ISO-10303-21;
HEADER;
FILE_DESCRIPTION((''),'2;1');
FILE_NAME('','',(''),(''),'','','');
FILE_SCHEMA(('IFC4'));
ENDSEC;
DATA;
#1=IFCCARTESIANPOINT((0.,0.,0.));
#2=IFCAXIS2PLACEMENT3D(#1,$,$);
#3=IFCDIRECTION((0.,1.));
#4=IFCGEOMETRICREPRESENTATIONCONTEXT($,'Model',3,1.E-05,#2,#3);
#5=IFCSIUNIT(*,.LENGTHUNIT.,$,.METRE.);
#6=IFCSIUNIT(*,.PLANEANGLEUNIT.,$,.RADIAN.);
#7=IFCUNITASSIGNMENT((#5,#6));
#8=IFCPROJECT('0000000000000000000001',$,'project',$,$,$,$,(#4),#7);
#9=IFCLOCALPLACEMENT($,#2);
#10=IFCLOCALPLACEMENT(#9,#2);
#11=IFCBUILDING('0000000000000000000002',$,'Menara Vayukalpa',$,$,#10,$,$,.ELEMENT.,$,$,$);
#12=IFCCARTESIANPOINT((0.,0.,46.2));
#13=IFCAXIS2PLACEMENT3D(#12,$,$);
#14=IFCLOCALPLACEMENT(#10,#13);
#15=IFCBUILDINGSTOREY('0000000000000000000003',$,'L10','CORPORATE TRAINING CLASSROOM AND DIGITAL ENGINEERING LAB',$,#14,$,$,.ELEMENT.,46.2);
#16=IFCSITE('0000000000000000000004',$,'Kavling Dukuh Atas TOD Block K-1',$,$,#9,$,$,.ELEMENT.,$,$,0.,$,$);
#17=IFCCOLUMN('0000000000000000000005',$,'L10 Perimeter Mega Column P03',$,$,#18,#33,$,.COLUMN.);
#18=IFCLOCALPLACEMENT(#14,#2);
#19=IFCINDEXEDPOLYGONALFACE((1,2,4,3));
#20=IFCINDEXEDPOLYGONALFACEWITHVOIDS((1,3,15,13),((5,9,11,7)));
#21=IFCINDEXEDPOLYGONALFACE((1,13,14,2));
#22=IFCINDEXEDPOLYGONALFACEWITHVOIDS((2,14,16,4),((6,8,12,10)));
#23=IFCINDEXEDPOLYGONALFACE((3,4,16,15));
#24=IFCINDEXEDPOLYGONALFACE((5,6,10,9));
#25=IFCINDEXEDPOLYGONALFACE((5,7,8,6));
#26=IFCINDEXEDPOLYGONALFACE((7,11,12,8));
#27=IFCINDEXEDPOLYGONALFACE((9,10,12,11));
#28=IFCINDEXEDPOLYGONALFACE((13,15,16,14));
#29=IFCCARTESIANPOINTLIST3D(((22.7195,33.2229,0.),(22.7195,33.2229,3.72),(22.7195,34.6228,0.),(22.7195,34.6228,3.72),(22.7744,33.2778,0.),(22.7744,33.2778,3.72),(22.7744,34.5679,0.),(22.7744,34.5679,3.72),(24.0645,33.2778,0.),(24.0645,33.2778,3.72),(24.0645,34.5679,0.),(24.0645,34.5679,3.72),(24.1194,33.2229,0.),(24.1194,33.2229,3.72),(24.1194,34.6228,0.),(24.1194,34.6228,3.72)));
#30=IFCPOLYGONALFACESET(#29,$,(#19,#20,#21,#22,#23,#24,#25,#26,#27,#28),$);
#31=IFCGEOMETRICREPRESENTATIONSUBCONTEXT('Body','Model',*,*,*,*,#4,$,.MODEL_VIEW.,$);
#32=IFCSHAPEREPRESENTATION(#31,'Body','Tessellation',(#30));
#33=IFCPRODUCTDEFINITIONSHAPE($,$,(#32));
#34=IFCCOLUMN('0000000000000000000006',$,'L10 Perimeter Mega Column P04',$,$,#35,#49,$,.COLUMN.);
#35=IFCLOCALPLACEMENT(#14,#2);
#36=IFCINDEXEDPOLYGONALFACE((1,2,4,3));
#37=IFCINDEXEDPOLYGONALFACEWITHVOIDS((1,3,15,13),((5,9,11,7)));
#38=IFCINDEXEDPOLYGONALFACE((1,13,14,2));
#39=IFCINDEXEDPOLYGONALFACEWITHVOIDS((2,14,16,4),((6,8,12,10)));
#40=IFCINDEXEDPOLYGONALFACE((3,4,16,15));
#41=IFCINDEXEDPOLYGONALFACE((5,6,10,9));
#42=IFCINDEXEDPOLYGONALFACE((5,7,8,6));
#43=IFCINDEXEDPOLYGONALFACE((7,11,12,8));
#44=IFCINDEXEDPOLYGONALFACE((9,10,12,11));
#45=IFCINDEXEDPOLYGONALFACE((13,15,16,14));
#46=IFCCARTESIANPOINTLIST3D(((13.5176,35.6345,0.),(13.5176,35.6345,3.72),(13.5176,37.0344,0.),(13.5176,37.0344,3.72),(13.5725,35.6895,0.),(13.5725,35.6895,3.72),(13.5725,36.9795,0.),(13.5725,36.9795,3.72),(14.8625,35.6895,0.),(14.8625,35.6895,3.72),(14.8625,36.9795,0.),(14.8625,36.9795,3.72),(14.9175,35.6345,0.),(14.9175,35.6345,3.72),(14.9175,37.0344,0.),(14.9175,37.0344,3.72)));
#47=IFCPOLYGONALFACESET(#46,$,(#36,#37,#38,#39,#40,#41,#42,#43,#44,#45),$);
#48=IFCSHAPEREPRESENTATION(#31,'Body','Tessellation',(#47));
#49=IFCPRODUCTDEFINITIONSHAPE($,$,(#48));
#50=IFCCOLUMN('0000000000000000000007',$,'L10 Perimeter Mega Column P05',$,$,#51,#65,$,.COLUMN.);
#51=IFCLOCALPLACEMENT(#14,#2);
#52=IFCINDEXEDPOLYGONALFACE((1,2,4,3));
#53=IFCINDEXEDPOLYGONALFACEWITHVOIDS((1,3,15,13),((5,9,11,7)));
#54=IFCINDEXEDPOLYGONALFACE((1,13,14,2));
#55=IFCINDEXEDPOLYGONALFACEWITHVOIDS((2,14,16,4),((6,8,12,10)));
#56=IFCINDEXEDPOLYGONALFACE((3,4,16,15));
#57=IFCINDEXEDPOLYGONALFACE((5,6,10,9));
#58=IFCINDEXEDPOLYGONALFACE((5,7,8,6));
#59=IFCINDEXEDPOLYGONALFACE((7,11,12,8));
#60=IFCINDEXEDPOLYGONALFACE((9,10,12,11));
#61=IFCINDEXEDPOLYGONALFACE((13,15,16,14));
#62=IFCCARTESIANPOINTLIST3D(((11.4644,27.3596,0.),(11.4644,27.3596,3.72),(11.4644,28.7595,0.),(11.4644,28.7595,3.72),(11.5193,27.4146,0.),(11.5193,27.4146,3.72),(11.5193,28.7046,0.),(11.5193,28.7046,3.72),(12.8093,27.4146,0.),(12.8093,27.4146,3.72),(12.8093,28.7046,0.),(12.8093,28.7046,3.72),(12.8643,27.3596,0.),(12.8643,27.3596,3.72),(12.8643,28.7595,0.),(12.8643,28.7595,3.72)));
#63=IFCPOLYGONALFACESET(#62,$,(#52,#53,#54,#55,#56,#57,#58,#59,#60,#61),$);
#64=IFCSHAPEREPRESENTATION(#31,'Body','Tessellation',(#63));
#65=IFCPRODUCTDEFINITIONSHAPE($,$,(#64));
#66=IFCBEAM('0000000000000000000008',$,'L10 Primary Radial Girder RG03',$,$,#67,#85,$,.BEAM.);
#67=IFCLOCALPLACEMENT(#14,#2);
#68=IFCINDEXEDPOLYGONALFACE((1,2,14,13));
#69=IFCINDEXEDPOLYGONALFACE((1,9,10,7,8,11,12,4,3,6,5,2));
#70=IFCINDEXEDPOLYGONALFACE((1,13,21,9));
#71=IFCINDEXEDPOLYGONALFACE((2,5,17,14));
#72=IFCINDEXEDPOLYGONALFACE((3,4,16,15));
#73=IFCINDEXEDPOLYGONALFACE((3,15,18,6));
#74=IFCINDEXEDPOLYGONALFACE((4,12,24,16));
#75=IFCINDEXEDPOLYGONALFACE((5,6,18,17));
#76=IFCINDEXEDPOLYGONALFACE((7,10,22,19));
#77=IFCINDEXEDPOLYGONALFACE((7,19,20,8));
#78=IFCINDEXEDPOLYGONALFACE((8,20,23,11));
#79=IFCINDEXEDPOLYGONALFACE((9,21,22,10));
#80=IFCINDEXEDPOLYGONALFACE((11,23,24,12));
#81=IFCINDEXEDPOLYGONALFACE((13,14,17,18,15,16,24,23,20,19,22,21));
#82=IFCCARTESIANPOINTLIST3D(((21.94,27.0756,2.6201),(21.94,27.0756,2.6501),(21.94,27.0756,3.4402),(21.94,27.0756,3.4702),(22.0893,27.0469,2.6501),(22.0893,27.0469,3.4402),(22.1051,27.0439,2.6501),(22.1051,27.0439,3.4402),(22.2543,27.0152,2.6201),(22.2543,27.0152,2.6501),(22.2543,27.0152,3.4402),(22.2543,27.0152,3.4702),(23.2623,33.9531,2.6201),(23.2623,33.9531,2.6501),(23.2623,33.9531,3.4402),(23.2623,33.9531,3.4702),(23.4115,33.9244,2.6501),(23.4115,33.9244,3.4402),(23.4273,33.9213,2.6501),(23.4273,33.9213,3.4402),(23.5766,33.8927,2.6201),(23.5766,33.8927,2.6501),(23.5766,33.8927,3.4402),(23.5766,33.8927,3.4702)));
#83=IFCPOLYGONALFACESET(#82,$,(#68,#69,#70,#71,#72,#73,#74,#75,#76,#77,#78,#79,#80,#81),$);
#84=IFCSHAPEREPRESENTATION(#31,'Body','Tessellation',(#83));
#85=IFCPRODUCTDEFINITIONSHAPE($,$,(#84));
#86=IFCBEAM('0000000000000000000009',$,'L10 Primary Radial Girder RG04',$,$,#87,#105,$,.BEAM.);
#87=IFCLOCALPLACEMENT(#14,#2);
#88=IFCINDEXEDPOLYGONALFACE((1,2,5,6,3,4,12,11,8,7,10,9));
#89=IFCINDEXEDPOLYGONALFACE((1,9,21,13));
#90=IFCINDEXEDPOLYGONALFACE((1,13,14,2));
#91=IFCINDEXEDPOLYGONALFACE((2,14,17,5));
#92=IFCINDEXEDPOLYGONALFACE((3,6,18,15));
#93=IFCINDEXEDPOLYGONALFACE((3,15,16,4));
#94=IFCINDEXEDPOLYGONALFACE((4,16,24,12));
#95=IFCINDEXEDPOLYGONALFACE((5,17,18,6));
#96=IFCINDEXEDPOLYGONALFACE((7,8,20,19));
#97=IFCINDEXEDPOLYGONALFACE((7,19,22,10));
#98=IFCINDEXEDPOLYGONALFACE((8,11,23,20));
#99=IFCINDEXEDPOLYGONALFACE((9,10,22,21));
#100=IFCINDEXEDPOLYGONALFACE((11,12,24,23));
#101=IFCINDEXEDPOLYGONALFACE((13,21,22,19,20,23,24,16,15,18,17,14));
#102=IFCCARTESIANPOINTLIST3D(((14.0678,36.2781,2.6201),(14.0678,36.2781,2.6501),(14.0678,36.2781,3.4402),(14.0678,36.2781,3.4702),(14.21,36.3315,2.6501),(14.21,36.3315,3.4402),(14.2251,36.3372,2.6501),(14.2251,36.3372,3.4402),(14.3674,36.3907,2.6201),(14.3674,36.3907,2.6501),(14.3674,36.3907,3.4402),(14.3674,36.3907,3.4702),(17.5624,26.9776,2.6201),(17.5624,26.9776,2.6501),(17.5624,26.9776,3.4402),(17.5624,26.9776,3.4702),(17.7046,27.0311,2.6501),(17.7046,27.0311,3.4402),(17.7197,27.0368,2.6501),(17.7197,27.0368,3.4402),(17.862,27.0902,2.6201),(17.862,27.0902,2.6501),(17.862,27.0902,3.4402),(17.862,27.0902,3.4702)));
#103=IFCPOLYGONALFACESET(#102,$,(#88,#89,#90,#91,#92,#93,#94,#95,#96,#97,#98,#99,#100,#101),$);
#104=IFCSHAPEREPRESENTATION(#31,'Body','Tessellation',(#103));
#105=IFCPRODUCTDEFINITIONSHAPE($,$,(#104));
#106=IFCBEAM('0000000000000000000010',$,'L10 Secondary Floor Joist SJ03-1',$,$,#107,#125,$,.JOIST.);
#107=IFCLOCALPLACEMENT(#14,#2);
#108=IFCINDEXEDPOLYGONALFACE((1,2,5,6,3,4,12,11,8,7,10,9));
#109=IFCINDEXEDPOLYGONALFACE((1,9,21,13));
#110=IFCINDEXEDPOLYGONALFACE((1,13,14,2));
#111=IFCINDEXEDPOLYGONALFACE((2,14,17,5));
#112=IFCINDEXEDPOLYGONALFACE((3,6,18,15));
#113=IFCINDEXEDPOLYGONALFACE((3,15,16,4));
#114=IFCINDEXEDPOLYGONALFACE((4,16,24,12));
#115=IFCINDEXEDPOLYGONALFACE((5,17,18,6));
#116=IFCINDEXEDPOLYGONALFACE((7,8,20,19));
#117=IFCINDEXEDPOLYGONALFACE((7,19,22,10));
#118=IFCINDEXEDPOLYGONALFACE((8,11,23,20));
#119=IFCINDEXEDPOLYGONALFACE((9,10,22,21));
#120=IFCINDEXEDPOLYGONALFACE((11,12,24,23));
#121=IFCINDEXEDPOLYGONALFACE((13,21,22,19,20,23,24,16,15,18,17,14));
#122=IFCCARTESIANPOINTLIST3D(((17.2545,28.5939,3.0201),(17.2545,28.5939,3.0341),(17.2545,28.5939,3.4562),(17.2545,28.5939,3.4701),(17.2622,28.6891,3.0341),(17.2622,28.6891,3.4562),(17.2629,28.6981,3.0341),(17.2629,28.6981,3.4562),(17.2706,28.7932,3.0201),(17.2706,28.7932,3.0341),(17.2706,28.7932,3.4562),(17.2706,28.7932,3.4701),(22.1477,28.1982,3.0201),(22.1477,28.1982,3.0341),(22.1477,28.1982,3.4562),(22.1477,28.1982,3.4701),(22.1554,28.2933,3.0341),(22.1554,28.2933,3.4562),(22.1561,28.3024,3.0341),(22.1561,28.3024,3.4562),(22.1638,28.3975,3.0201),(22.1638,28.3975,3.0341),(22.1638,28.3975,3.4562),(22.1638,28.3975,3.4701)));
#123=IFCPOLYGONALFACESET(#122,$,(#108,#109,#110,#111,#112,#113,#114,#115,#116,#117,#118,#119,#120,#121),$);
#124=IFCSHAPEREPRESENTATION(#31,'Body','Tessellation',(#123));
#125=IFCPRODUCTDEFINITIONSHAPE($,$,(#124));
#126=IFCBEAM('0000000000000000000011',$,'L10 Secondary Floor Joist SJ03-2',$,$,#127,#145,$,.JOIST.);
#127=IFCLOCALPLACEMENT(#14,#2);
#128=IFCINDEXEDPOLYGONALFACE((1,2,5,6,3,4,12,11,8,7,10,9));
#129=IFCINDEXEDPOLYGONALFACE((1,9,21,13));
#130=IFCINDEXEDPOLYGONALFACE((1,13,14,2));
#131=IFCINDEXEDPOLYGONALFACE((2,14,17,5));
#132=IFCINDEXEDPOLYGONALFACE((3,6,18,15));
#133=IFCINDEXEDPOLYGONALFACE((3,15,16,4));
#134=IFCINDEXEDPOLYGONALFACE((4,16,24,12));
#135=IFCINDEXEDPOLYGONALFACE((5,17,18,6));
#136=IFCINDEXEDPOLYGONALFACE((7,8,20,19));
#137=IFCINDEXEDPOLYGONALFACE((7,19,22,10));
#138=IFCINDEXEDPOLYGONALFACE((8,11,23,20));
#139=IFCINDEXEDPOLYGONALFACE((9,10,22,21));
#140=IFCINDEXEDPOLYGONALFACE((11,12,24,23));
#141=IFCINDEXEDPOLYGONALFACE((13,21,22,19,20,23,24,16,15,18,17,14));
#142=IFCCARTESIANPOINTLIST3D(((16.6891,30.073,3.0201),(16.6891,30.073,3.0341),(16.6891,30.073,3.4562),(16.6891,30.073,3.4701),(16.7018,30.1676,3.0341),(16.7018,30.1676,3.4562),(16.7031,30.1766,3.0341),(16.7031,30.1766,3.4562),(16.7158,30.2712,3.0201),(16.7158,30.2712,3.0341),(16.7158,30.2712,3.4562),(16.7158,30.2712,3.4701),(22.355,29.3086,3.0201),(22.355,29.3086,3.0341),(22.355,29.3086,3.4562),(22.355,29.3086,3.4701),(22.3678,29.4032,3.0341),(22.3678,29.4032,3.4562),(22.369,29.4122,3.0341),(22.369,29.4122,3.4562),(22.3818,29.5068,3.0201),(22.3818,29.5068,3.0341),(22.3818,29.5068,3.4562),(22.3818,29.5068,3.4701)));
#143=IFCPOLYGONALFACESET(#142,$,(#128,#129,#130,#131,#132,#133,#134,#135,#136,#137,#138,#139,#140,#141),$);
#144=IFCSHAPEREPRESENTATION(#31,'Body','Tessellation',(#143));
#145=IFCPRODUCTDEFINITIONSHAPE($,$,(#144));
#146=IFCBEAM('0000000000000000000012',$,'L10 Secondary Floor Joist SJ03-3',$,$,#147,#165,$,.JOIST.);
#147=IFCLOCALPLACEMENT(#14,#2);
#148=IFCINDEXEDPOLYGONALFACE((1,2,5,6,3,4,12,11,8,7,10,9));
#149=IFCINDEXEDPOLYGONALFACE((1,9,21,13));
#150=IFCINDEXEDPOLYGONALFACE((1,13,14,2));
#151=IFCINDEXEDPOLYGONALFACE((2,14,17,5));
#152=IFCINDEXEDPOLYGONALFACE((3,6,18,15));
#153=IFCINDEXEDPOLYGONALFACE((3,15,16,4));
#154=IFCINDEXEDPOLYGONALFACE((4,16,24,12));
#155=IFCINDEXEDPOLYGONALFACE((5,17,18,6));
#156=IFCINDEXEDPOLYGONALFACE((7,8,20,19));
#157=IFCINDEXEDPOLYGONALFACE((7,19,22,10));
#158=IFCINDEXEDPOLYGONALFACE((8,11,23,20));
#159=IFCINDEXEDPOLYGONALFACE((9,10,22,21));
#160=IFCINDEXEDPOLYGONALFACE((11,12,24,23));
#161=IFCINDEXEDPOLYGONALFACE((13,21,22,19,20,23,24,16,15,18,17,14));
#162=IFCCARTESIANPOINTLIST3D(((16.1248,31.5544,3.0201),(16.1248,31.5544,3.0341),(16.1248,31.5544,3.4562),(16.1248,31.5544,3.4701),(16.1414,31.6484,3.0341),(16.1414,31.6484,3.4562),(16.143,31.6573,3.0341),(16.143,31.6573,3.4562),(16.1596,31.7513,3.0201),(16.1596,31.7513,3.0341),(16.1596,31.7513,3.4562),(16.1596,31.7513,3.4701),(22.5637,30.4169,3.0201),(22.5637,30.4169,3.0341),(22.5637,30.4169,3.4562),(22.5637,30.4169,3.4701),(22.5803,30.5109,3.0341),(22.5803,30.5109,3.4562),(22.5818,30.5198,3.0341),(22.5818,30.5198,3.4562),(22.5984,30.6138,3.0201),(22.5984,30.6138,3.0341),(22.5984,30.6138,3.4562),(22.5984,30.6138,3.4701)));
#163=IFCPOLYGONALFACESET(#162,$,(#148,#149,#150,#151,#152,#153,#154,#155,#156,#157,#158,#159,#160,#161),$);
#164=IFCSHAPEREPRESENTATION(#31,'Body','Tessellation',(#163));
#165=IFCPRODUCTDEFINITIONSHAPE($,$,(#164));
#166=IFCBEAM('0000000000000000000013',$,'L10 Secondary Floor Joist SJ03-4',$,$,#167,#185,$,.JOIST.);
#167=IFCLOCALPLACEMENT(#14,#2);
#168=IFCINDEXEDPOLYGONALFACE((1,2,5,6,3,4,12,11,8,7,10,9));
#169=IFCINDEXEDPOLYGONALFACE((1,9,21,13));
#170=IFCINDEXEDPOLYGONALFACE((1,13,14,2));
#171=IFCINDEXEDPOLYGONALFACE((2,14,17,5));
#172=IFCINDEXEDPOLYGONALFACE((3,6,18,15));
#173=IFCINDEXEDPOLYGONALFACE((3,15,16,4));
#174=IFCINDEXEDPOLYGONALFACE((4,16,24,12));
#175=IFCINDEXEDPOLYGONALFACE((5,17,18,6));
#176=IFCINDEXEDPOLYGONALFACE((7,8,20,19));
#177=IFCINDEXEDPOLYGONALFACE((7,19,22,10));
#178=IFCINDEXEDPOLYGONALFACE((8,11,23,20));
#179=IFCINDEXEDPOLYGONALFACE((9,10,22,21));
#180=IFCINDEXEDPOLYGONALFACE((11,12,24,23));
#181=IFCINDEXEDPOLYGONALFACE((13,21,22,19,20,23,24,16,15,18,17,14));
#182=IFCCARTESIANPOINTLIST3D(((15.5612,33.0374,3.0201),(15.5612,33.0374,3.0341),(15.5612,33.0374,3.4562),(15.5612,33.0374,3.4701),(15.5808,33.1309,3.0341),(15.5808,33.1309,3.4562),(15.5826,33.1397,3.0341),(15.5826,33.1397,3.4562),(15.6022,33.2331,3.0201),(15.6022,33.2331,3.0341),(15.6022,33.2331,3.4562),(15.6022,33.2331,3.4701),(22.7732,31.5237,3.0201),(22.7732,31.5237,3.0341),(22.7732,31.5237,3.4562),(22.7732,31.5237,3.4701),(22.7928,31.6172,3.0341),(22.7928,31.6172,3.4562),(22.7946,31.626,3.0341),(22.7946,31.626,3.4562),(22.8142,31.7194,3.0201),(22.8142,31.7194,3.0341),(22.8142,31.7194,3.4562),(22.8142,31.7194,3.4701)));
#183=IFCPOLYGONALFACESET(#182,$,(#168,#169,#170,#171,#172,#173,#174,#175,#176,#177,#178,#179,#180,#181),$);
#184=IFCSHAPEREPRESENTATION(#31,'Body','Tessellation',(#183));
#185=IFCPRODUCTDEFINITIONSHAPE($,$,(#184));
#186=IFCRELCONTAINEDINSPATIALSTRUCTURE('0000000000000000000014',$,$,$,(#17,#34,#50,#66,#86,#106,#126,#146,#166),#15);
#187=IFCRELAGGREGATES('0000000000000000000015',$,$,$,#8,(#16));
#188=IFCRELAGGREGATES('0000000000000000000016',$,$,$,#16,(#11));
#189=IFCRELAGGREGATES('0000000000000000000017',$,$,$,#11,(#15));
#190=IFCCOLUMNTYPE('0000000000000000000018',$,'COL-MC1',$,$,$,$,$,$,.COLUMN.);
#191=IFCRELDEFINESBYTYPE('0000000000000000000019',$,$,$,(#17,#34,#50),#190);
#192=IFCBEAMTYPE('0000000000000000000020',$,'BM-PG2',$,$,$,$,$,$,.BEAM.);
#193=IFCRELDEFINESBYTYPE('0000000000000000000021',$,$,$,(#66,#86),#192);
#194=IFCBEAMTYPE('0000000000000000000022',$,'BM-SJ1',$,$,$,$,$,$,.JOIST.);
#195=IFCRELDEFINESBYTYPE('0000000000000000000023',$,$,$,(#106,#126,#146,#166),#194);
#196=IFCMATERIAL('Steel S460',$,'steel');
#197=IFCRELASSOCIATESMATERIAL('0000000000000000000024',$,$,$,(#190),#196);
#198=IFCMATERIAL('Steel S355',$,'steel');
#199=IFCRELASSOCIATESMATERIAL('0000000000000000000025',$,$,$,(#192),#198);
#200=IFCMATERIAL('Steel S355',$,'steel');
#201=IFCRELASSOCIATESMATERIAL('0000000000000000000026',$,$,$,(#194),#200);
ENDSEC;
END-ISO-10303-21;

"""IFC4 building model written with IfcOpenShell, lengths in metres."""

from ifc_helpers import new_model, si_unit, direction, frame, origin, origin_2d, place, context, subcontext, project, spatial, hollow_rectangle, i_section, extrude, material, material_profile, profile_set, type_object, element, save


model = new_model("IFC4")

# Units and contexts
model_context = context("Model", 3, precision=1e-05, world=origin(), true_north=direction((0.0, 1.0)))
body_context = subcontext(model_context, "Body", "Model", "MODEL_VIEW")
ifc_project = project(units=[si_unit("LENGTHUNIT", "METRE"), si_unit("PLANEANGLEUNIT", "RADIAN")], contexts=[model_context])

# Site, building, storey
site_placement = place(None, origin())
site = spatial("IfcSite", under=ifc_project, at=site_placement, Name="Kavling Dukuh Atas TOD Block K-1", CompositionType="ELEMENT", RefElevation=0.0)
building_placement = place(site_placement, origin())
building = spatial("IfcBuilding", under=site, at=building_placement, Name="Menara Vayukalpa", CompositionType="ELEMENT")
storey_placement = place(building_placement, frame((0.0, 0.0, 46.2)))
storey = spatial("IfcBuildingStorey", under=building, at=storey_placement, Name="L10", Description="CORPORATE TRAINING CLASSROOM AND DIGITAL ENGINEERING LAB", CompositionType="ELEMENT", Elevation=46.2)

# Columns
ifc_material_1 = material(Name="Steel S460", Category="steel")
ifc_material_profile_1 = material_profile(ifc_material_1, hollow_rectangle(XDim=1.3999, YDim=1.3999, WallThickness=0.0549, at=origin_2d()), Name="BOX 1400x1400x55")
ifc_profile_set_1 = profile_set([ifc_material_profile_1], Name="Steel S460")
column_type = type_object("IfcColumnType", Name="COL-MC1", PredefinedType="COLUMN", material=ifc_profile_set_1)
for number, where, z_axis, x_axis, name in (
    (1, (23.4194, 33.9229, 0.0), (0.0, 0.0, 1.0), (1.0, 0.0, 0.0), "L10 Perimeter Mega Column P03"),
    (2, (14.2175, 36.3345, 0.0), (0.0, 0.0, 1.0), (1.0, 0.0, 0.0), "L10 Perimeter Mega Column P04"),
    (3, (12.1643, 28.0596, 0.0), (0.0, 0.0, 1.0), (1.0, 0.0, 0.0), "L10 Perimeter Mega Column P05"),
):
    element("IfcColumn", number, at=place(storey_placement, frame(where, z_axis=z_axis, x_axis=x_axis)), inside=storey, type_object=column_type, Name=name, PredefinedType="COLUMN", context=body_context, shape_type="SweptSolid", body=[
        extrude(hollow_rectangle(XDim=1.3999, YDim=1.3999, WallThickness=0.0549, at=origin_2d()), origin(), (0.0, 0.0, 1.0), 3.72),
    ])

# Beams
ifc_material_2 = material(Name="Steel S355", Category="steel")
ifc_material_profile_2 = material_profile(ifc_material_2, i_section(OverallWidth=0.3201, OverallDepth=0.8501, WebThickness=0.0161, FlangeThickness=0.03, at=origin_2d()), Name="WF 850x320x16x30")
ifc_profile_set_2 = profile_set([ifc_material_profile_2], Name="Steel S355")
beam_type_1 = type_object("IfcBeamType", Name="BM-PG2", PredefinedType="BEAM", material=ifc_profile_set_2)
beam_1_placement = place(storey_placement, frame((22.0972, 27.0454, 3.0452), z_axis=(0.188803, 0.982015, 0.0), x_axis=(-0.982015, 0.188803, 0.0)))
element("IfcBeam", 4, at=beam_1_placement, inside=storey, type_object=beam_type_1, Name="L10 Primary Radial Girder RG03", PredefinedType="BEAM", context=body_context, shape_type="SweptSolid", body=[
    extrude(i_section(OverallWidth=0.3201, OverallDepth=0.8501, WebThickness=0.0161, FlangeThickness=0.03, at=origin_2d()), origin(), (0.0, 0.0, 1.0), 7.0034),
])
beam_2_placement = place(storey_placement, frame((17.7122, 27.0339, 3.0452), z_axis=(-0.351735, 0.9361, 0.0), x_axis=(-0.9361, -0.351735, 0.0)))
element("IfcBeam", 5, at=beam_2_placement, inside=storey, type_object=beam_type_1, Name="L10 Primary Radial Girder RG04", PredefinedType="BEAM", context=body_context, shape_type="SweptSolid", body=[
    extrude(i_section(OverallWidth=0.3201, OverallDepth=0.8501, WebThickness=0.0161, FlangeThickness=0.03, at=origin_2d()), origin(), (0.0, 0.0, 1.0), 9.9353),
])
ifc_material_3 = material(Name="Steel S355", Category="steel")
ifc_material_profile_3 = material_profile(ifc_material_3, i_section(OverallWidth=0.2, OverallDepth=0.45, WebThickness=0.009, FlangeThickness=0.0139, at=origin_2d()), Name="WF 450x200x9x14")
ifc_profile_set_3 = profile_set([ifc_material_profile_3], Name="Steel S355")
beam_type_2 = type_object("IfcBeamType", Name="BM-SJ1", PredefinedType="JOIST", material=ifc_profile_set_3)
beam_3_placement = place(storey_placement, frame((22.1558, 28.2979, 3.2451), z_axis=(-0.996745, 0.080613, 0.0), x_axis=(-0.080613, -0.996745, 0.0)))
element("IfcBeam", 6, at=beam_3_placement, inside=storey, type_object=beam_type_2, Name="L10 Secondary Floor Joist SJ03-1", PredefinedType="JOIST", context=body_context, shape_type="SweptSolid", body=[
    extrude(i_section(OverallWidth=0.2, OverallDepth=0.45, WebThickness=0.009, FlangeThickness=0.0139, at=origin_2d()), origin(), (0.0, 0.0, 1.0), 4.9092),
])
beam_4_placement = place(storey_placement, frame((22.3684, 29.4077, 3.2451), z_axis=(-0.991022, 0.133699, 0.0), x_axis=(-0.133699, -0.991022, 0.0)))
element("IfcBeam", 7, at=beam_4_placement, inside=storey, type_object=beam_type_2, Name="L10 Secondary Floor Joist SJ03-2", PredefinedType="JOIST", context=body_context, shape_type="SweptSolid", body=[
    extrude(i_section(OverallWidth=0.2, OverallDepth=0.45, WebThickness=0.009, FlangeThickness=0.0139, at=origin_2d()), origin(), (0.0, 0.0, 1.0), 5.7173),
])
beam_5_placement = place(storey_placement, frame((22.5811, 30.5154, 3.2451), z_axis=(-0.984753, 0.173958, 0.0), x_axis=(-0.173958, -0.984753, 0.0)))
element("IfcBeam", 8, at=beam_5_placement, inside=storey, type_object=beam_type_2, Name="L10 Secondary Floor Joist SJ03-3", PredefinedType="JOIST", context=body_context, shape_type="SweptSolid", body=[
    extrude(i_section(OverallWidth=0.2, OverallDepth=0.45, WebThickness=0.009, FlangeThickness=0.0139, at=origin_2d()), origin(), (0.0, 0.0, 1.0), 6.5386),
])
beam_6_placement = place(storey_placement, frame((22.7937, 31.6216, 3.2451), z_axis=(-0.978676, 0.205409, 0.0), x_axis=(-0.205409, -0.978676, 0.0)))
element("IfcBeam", 9, at=beam_6_placement, inside=storey, type_object=beam_type_2, Name="L10 Secondary Floor Joist SJ03-4", PredefinedType="JOIST", context=body_context, shape_type="SweptSolid", body=[
    extrude(i_section(OverallWidth=0.2, OverallDepth=0.45, WebThickness=0.009, FlangeThickness=0.0139, at=origin_2d()), origin(), (0.0, 0.0, 1.0), 7.3691),
])

save(model, "model.ifc")
